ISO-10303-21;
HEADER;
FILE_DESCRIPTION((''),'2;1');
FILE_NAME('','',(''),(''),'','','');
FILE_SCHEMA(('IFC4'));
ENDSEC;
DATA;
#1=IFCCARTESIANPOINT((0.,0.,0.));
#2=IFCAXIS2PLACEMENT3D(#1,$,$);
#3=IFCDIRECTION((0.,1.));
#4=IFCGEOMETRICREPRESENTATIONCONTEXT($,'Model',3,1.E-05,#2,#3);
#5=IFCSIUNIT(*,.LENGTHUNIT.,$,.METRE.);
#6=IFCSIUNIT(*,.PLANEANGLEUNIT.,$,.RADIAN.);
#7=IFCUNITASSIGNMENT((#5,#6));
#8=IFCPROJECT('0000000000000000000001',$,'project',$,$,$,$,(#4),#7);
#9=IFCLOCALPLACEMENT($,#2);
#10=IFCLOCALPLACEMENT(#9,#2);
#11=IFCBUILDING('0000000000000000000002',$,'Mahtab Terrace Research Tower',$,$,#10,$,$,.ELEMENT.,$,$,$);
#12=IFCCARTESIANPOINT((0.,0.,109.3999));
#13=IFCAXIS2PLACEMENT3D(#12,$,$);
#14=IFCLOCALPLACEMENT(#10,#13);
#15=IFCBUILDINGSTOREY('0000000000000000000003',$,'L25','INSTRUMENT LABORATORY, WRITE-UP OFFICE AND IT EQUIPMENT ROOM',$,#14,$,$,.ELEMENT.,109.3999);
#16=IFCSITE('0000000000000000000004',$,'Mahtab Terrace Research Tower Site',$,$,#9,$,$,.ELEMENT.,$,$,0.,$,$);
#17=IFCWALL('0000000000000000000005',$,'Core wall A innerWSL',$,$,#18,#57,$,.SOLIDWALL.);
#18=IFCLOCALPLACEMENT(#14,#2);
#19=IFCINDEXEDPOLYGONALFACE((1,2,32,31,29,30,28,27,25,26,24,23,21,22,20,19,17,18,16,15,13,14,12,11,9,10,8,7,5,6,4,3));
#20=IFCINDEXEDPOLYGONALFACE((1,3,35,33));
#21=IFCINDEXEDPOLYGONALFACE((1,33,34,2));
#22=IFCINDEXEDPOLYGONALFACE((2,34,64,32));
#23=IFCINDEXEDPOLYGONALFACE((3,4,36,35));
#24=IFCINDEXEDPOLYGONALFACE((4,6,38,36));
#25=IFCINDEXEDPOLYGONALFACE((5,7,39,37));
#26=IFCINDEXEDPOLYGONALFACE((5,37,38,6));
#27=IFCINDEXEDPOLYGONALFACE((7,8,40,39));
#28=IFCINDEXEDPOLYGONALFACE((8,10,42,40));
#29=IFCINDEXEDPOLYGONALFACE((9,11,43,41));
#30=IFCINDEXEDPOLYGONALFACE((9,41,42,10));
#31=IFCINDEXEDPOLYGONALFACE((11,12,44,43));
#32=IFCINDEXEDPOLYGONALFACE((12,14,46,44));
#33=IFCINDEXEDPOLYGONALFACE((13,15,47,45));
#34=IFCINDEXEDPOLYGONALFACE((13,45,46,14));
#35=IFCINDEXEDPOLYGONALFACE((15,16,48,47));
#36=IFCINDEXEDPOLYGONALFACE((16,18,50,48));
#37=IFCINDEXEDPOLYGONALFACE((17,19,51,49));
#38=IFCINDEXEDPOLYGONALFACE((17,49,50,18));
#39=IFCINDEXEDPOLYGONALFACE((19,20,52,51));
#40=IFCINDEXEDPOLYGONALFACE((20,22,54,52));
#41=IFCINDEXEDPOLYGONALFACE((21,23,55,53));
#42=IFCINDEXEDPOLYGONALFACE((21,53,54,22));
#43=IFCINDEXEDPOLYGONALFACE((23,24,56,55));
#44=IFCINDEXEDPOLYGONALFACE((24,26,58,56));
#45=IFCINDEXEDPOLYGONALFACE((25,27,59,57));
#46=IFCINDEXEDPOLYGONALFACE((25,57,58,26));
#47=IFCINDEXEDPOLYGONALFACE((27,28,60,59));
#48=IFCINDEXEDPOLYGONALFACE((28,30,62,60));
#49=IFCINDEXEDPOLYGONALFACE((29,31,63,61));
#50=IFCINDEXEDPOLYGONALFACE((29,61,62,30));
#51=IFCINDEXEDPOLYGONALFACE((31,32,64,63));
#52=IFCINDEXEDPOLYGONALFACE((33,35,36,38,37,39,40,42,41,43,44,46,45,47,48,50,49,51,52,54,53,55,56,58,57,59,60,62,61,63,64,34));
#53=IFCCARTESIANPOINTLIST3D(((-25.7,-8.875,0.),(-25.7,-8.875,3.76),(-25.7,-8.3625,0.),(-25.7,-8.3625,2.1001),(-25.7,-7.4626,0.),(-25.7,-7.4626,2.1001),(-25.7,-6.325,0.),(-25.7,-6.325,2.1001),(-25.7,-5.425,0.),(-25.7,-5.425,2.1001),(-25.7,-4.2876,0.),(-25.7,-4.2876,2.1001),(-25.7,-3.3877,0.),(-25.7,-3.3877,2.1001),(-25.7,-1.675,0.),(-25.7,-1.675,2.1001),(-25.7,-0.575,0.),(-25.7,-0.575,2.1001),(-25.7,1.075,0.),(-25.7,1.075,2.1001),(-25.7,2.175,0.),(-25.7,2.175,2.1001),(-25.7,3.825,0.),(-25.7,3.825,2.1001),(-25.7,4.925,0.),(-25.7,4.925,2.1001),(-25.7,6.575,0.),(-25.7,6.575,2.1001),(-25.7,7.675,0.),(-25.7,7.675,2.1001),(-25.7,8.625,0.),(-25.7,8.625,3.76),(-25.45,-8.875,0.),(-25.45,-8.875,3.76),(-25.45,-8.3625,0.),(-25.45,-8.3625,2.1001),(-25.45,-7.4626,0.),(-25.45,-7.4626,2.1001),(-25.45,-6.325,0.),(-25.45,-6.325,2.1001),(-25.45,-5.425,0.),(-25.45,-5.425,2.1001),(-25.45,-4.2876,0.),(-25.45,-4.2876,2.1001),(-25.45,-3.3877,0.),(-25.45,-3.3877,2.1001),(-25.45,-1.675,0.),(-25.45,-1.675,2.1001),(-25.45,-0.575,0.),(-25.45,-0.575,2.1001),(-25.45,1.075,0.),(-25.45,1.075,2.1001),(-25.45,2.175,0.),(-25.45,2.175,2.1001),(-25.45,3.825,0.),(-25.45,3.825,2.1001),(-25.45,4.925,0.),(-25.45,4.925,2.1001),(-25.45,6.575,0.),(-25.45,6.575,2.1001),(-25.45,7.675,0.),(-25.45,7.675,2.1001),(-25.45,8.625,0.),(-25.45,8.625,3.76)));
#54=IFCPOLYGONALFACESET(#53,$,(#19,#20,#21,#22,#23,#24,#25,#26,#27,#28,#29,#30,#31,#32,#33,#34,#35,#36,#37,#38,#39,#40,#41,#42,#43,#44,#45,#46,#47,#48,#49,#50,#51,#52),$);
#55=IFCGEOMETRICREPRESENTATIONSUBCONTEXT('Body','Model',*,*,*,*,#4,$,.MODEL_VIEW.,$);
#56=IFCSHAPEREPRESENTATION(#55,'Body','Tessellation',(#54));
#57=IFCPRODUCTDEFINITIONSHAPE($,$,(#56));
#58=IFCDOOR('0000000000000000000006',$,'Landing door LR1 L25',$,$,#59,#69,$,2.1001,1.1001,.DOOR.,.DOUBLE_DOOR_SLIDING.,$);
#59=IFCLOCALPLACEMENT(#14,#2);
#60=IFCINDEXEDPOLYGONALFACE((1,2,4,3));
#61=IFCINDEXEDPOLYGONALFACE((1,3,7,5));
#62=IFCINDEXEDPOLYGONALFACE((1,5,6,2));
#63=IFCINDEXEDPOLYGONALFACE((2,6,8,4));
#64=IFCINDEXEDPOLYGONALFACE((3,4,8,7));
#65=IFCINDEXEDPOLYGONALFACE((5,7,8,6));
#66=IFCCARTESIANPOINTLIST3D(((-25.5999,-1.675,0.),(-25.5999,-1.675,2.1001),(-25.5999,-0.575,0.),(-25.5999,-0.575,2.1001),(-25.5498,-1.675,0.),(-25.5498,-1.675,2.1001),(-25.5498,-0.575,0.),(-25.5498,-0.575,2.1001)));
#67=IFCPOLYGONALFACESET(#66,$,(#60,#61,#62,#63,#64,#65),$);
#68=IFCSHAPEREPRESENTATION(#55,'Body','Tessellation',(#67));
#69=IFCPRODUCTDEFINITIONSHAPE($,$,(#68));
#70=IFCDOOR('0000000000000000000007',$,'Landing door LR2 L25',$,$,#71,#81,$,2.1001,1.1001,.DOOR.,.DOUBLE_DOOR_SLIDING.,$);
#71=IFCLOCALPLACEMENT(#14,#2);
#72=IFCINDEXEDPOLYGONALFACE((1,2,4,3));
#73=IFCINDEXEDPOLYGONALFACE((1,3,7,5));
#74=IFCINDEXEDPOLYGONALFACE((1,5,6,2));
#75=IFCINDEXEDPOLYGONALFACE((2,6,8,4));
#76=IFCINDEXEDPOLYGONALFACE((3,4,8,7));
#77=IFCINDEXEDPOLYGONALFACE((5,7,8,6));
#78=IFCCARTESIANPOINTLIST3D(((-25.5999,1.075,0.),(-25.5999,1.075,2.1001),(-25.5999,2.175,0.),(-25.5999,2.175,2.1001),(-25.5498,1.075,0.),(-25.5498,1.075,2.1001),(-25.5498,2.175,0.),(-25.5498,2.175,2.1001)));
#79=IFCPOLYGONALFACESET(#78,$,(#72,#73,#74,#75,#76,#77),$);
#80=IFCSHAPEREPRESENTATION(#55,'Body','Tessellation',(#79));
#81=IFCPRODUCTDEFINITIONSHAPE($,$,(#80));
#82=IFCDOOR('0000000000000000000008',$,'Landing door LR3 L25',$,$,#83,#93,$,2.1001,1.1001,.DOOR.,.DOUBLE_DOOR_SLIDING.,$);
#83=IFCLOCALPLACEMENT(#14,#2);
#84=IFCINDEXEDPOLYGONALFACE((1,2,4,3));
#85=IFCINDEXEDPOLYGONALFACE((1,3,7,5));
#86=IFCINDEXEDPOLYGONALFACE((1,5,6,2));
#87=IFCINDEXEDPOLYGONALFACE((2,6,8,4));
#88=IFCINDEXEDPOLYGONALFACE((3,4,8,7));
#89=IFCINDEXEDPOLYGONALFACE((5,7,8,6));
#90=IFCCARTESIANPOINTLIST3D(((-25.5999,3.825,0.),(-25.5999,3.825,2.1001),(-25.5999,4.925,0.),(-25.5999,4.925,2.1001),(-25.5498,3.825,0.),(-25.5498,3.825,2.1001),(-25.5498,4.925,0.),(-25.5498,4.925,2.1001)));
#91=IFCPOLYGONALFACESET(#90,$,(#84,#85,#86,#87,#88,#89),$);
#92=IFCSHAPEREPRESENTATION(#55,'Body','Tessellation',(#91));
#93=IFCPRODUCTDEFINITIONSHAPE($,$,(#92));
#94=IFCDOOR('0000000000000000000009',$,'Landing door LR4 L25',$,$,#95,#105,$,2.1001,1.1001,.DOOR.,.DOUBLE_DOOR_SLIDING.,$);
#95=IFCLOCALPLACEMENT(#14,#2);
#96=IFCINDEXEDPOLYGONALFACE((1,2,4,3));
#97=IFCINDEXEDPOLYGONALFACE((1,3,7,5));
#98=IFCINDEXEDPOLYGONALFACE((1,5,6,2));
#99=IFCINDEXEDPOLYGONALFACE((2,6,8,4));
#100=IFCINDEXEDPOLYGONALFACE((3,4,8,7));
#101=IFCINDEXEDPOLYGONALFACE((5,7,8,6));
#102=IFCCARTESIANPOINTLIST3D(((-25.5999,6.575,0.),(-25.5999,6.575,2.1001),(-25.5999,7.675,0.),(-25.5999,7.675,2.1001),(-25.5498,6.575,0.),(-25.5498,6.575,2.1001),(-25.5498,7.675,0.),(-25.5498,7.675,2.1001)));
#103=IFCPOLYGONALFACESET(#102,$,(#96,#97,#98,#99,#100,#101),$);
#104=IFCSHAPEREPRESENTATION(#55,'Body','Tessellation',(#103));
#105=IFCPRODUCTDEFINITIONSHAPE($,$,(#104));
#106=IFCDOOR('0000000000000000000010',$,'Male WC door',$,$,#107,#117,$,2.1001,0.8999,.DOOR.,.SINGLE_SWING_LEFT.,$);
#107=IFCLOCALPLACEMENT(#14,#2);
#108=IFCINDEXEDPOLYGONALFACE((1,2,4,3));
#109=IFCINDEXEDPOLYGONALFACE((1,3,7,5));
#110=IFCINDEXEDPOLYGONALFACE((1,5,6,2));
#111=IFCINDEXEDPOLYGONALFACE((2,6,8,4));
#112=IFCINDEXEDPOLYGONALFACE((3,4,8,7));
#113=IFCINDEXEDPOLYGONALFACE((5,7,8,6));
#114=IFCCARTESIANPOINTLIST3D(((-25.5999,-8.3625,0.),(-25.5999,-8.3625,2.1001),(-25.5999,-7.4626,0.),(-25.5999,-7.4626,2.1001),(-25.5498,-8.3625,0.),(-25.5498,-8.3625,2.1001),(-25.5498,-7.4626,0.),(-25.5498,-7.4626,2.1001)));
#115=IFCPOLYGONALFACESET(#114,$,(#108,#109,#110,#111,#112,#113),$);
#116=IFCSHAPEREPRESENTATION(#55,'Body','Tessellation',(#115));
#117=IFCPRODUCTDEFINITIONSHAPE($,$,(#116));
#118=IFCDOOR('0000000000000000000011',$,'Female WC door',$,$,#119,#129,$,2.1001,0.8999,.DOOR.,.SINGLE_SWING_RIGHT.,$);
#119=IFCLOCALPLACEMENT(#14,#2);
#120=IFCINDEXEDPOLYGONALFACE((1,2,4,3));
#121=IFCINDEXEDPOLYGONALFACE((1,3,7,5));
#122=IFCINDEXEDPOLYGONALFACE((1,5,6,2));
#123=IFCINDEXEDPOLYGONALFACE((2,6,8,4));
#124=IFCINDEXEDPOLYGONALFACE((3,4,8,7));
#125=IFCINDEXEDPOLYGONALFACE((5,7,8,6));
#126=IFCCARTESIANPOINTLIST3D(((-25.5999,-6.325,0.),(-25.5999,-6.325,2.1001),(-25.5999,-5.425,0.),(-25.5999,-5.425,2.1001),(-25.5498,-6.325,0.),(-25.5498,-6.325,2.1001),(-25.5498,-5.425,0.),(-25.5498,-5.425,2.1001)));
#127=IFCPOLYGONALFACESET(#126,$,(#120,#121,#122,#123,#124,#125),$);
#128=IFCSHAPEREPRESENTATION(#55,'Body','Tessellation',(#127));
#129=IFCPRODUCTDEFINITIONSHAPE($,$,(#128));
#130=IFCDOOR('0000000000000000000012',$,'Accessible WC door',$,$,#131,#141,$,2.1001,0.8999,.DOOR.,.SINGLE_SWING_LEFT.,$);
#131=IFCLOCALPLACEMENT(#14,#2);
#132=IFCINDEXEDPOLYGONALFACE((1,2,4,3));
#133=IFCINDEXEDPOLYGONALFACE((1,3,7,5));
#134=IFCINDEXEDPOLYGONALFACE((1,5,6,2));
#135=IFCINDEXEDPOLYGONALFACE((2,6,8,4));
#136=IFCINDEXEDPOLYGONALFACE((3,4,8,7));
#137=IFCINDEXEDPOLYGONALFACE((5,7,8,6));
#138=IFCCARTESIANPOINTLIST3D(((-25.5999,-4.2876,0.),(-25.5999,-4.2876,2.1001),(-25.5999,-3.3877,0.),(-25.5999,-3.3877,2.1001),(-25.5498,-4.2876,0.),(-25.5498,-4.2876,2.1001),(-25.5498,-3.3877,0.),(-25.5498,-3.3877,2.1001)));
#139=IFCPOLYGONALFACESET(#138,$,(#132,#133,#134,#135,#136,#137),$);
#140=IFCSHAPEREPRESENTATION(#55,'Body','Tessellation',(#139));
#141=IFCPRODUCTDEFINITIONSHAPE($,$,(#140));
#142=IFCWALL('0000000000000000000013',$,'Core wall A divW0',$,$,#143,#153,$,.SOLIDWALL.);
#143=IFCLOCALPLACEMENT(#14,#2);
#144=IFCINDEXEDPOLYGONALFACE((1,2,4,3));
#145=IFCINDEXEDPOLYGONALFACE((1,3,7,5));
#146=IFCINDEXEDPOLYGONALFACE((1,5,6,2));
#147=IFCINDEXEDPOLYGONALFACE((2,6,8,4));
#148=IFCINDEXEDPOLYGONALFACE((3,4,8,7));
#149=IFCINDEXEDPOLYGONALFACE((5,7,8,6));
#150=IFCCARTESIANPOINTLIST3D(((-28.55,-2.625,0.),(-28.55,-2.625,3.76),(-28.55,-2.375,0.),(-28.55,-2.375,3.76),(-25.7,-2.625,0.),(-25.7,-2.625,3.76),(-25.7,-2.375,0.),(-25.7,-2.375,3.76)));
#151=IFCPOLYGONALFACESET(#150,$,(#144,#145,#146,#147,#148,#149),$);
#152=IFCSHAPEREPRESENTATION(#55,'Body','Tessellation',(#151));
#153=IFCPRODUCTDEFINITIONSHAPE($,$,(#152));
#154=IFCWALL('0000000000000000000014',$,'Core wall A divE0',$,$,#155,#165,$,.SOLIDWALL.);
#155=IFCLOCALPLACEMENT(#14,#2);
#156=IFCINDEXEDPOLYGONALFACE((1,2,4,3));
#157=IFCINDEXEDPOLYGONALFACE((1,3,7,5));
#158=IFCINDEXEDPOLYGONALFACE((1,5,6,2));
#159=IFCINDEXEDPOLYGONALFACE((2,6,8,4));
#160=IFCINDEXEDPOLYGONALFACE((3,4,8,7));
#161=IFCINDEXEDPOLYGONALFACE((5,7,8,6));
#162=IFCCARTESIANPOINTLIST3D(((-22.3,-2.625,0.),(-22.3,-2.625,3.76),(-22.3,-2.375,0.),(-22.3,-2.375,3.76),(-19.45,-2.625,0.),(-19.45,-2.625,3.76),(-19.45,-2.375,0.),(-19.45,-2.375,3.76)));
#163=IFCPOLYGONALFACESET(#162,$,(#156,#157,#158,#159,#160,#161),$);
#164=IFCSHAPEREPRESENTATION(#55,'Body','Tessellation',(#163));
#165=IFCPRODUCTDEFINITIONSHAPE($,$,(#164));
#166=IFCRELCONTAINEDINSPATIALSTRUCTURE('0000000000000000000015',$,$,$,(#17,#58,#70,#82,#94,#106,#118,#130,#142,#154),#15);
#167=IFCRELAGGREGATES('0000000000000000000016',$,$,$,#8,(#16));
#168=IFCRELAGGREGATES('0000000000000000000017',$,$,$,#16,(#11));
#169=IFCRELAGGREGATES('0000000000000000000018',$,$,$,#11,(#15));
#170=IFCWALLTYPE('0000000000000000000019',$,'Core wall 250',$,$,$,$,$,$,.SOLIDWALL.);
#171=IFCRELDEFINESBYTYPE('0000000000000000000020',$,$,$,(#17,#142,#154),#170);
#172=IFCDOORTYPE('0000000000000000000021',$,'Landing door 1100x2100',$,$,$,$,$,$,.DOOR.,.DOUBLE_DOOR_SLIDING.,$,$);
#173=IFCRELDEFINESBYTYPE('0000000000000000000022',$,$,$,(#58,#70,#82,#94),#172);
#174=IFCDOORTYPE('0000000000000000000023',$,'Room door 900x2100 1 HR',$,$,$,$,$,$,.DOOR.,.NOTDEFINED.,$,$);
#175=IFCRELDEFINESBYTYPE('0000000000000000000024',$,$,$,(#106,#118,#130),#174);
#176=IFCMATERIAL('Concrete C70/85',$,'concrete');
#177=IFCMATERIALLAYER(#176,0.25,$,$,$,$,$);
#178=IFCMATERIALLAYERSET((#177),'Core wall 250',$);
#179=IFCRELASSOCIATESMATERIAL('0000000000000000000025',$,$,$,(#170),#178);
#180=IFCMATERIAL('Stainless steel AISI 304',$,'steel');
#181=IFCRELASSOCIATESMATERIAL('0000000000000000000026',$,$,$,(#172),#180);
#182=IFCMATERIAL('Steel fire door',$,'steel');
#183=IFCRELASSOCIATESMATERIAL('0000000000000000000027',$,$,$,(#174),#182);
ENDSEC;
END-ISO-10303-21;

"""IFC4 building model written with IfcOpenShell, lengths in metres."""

from ifc_helpers import new_model, si_unit, direction, frame, frame_2d, origin, place, context, subcontext, project, spatial, rectangle, extrude, material, layer, layer_set, type_object, element, fill, save


model = new_model("IFC4")

# Units and contexts
model_context = context("Model", 3, precision=1e-05, world=origin(), true_north=direction((0.0, 1.0)))
body_context = subcontext(model_context, "Body", "Model", "MODEL_VIEW")
ifc_project = project(units=[si_unit("LENGTHUNIT", "METRE"), si_unit("PLANEANGLEUNIT", "RADIAN")], contexts=[model_context])

# Site, building, storey
site_placement = place(None, origin())
site = spatial("IfcSite", under=ifc_project, at=site_placement, Name="Mahtab Terrace Research Tower Site", CompositionType="ELEMENT", RefElevation=0.0)
building_placement = place(site_placement, origin())
building = spatial("IfcBuilding", under=site, at=building_placement, Name="Mahtab Terrace Research Tower", CompositionType="ELEMENT")
storey_placement = place(building_placement, frame((0.0, 0.0, 109.3999)))
storey = spatial("IfcBuildingStorey", under=building, at=storey_placement, Name="L25", Description="INSTRUMENT LABORATORY, WRITE-UP OFFICE AND IT EQUIPMENT ROOM", CompositionType="ELEMENT", Elevation=109.3999)

# Shared definitions
ifc_material_1 = material(Name="Concrete C70/85", Category="concrete")

# Shared definitions
ifc_layer_1 = layer(ifc_material_1, 0.25)
ifc_layer_set_1 = layer_set([ifc_layer_1], Name="Core wall 250")
wall_type_1 = type_object("IfcWallType", Name="Core wall 250", PredefinedType="SOLIDWALL", material=ifc_layer_set_1)

# Shared definitions
ifc_material_2 = material(Name="Steel fire door", Category="steel")

# Wall, openings, doors
wall_1_placement = place(storey_placement, frame((-25.575, -8.875, 0.0), z_axis=(0.0, 0.0, 1.0), x_axis=(0.0, 1.0, 0.0)))
wall_1 = element("IfcWall", 1, at=wall_1_placement, inside=storey, type_object=wall_type_1, Name="Core wall A innerWSL", PredefinedType="SOLIDWALL", context=body_context, shape_type="SweptSolid", body=[
    extrude(rectangle(XDim=17.5, YDim=0.25, at=frame_2d((8.75, 0.0))), origin(), (0.0, 0.0, 1.0), 3.76),
])
opening_1_placement = place(wall_1_placement, frame((7.2, 0.0, 0.0)))
opening_1 = element("IfcOpeningElement", 2, at=opening_1_placement, cuts=wall_1, PredefinedType="OPENING", context=body_context, shape_type="SweptSolid", body=[
    extrude(rectangle(XDim=1.1001, YDim=2.1001, at=frame_2d((0.55, 1.05))), frame((0.0, 0.135, 0.0), z_axis=(0.0, -1.0, 0.0), x_axis=(1.0, 0.0, 0.0)), (0.0, 0.0, 1.0), 0.27),
])
opening_2_placement = place(wall_1_placement, frame((9.95, 0.0, 0.0)))
opening_2 = element("IfcOpeningElement", 3, at=opening_2_placement, cuts=wall_1, PredefinedType="OPENING", context=body_context, shape_type="SweptSolid", body=[
    extrude(rectangle(XDim=1.1001, YDim=2.1001, at=frame_2d((0.55, 1.05))), frame((0.0, 0.135, 0.0), z_axis=(0.0, -1.0, 0.0), x_axis=(1.0, 0.0, 0.0)), (0.0, 0.0, 1.0), 0.27),
])
opening_3_placement = place(wall_1_placement, frame((12.7, 0.0, 0.0)))
opening_3 = element("IfcOpeningElement", 4, at=opening_3_placement, cuts=wall_1, PredefinedType="OPENING", context=body_context, shape_type="SweptSolid", body=[
    extrude(rectangle(XDim=1.1001, YDim=2.1001, at=frame_2d((0.55, 1.05))), frame((0.0, 0.135, 0.0), z_axis=(0.0, -1.0, 0.0), x_axis=(1.0, 0.0, 0.0)), (0.0, 0.0, 1.0), 0.27),
])
opening_4_placement = place(wall_1_placement, frame((15.45, 0.0, 0.0)))
opening_4 = element("IfcOpeningElement", 5, at=opening_4_placement, cuts=wall_1, PredefinedType="OPENING", context=body_context, shape_type="SweptSolid", body=[
    extrude(rectangle(XDim=1.1001, YDim=2.1001, at=frame_2d((0.55, 1.05))), frame((0.0, 0.135, 0.0), z_axis=(0.0, -1.0, 0.0), x_axis=(1.0, 0.0, 0.0)), (0.0, 0.0, 1.0), 0.27),
])
opening_5_placement = place(wall_1_placement, frame((0.5125, 0.0, 0.0)))
opening_5 = element("IfcOpeningElement", 6, at=opening_5_placement, cuts=wall_1, PredefinedType="OPENING", context=body_context, shape_type="SweptSolid", body=[
    extrude(rectangle(XDim=0.8999, YDim=2.1001, at=frame_2d((0.45, 1.05))), frame((0.0, 0.135, 0.0), z_axis=(0.0, -1.0, 0.0), x_axis=(1.0, 0.0, 0.0)), (0.0, 0.0, 1.0), 0.27),
])
opening_6_placement = place(wall_1_placement, frame((2.55, 0.0, 0.0)))
opening_6 = element("IfcOpeningElement", 7, at=opening_6_placement, cuts=wall_1, PredefinedType="OPENING", context=body_context, shape_type="SweptSolid", body=[
    extrude(rectangle(XDim=0.8999, YDim=2.1001, at=frame_2d((0.45, 1.05))), frame((0.0, 0.135, 0.0), z_axis=(0.0, -1.0, 0.0), x_axis=(1.0, 0.0, 0.0)), (0.0, 0.0, 1.0), 0.27),
])
opening_7_placement = place(wall_1_placement, frame((4.5874, 0.0, 0.0)))
opening_7 = element("IfcOpeningElement", 8, at=opening_7_placement, cuts=wall_1, PredefinedType="OPENING", context=body_context, shape_type="SweptSolid", body=[
    extrude(rectangle(XDim=0.8999, YDim=2.1001, at=frame_2d((0.45, 1.05))), frame((0.0, 0.135, 0.0), z_axis=(0.0, -1.0, 0.0), x_axis=(1.0, 0.0, 0.0)), (0.0, 0.0, 1.0), 0.27),
])
ifc_material_3 = material(Name="Stainless steel AISI 304", Category="steel")
door_type_1 = type_object("IfcDoorType", Name="Landing door 1100x2100", OperationType="DOUBLE_DOOR_SLIDING", PredefinedType="DOOR", material=ifc_material_3)
door_1_placement = place(opening_1_placement, origin())
door_1 = element("IfcDoor", 9, at=door_1_placement, inside=storey, type_object=door_type_1, Name="Landing door LR1 L25", OperationType="DOUBLE_DOOR_SLIDING", OverallHeight=2.1001, OverallWidth=1.1001, PredefinedType="DOOR", context=body_context, shape_type="SweptSolid", body=[
    extrude(rectangle(XDim=1.1001, YDim=2.1001, at=frame_2d((0.55, 1.05))), frame((0.0, 0.0249, 0.0), z_axis=(0.0, -1.0, 0.0), x_axis=(1.0, 0.0, 0.0)), (0.0, 0.0, 1.0), 0.05),
])
fill(opening_1, door_1)
door_2_placement = place(opening_2_placement, origin())
door_2 = element("IfcDoor", 10, at=door_2_placement, inside=storey, type_object=door_type_1, Name="Landing door LR2 L25", OperationType="DOUBLE_DOOR_SLIDING", OverallHeight=2.1001, OverallWidth=1.1001, PredefinedType="DOOR", context=body_context, shape_type="SweptSolid", body=[
    extrude(rectangle(XDim=1.1001, YDim=2.1001, at=frame_2d((0.55, 1.05))), frame((0.0, 0.0249, 0.0), z_axis=(0.0, -1.0, 0.0), x_axis=(1.0, 0.0, 0.0)), (0.0, 0.0, 1.0), 0.05),
])
fill(opening_2, door_2)
door_3_placement = place(opening_3_placement, origin())
door_3 = element("IfcDoor", 11, at=door_3_placement, inside=storey, type_object=door_type_1, Name="Landing door LR3 L25", OperationType="DOUBLE_DOOR_SLIDING", OverallHeight=2.1001, OverallWidth=1.1001, PredefinedType="DOOR", context=body_context, shape_type="SweptSolid", body=[
    extrude(rectangle(XDim=1.1001, YDim=2.1001, at=frame_2d((0.55, 1.05))), frame((0.0, 0.0249, 0.0), z_axis=(0.0, -1.0, 0.0), x_axis=(1.0, 0.0, 0.0)), (0.0, 0.0, 1.0), 0.05),
])
fill(opening_3, door_3)
door_4_placement = place(opening_4_placement, origin())
door_4 = element("IfcDoor", 12, at=door_4_placement, inside=storey, type_object=door_type_1, Name="Landing door LR4 L25", OperationType="DOUBLE_DOOR_SLIDING", OverallHeight=2.1001, OverallWidth=1.1001, PredefinedType="DOOR", context=body_context, shape_type="SweptSolid", body=[
    extrude(rectangle(XDim=1.1001, YDim=2.1001, at=frame_2d((0.55, 1.05))), frame((0.0, 0.0249, 0.0), z_axis=(0.0, -1.0, 0.0), x_axis=(1.0, 0.0, 0.0)), (0.0, 0.0, 1.0), 0.05),
])
fill(opening_4, door_4)
door_type_2 = type_object("IfcDoorType", Name="Room door 900x2100 1 HR", OperationType="NOTDEFINED", PredefinedType="DOOR", material=ifc_material_2)
door_5_placement = place(opening_5_placement, origin())
door_5 = element("IfcDoor", 13, at=door_5_placement, inside=storey, type_object=door_type_2, Name="Male WC door", OperationType="SINGLE_SWING_LEFT", OverallHeight=2.1001, OverallWidth=0.8999, PredefinedType="DOOR", context=body_context, shape_type="SweptSolid", body=[
    extrude(rectangle(XDim=0.8999, YDim=2.1001, at=frame_2d((0.45, 1.05))), frame((0.0, 0.0249, 0.0), z_axis=(0.0, -1.0, 0.0), x_axis=(1.0, 0.0, 0.0)), (0.0, 0.0, 1.0), 0.05),
])
fill(opening_5, door_5)
door_6_placement = place(opening_6_placement, origin())
door_6 = element("IfcDoor", 14, at=door_6_placement, inside=storey, type_object=door_type_2, Name="Female WC door", OperationType="SINGLE_SWING_RIGHT", OverallHeight=2.1001, OverallWidth=0.8999, PredefinedType="DOOR", context=body_context, shape_type="SweptSolid", body=[
    extrude(rectangle(XDim=0.8999, YDim=2.1001, at=frame_2d((0.45, 1.05))), frame((0.0, 0.0249, 0.0), z_axis=(0.0, -1.0, 0.0), x_axis=(1.0, 0.0, 0.0)), (0.0, 0.0, 1.0), 0.05),
])
fill(opening_6, door_6)
door_7_placement = place(opening_7_placement, origin())
door_7 = element("IfcDoor", 15, at=door_7_placement, inside=storey, type_object=door_type_2, Name="Accessible WC door", OperationType="SINGLE_SWING_LEFT", OverallHeight=2.1001, OverallWidth=0.8999, PredefinedType="DOOR", context=body_context, shape_type="SweptSolid", body=[
    extrude(rectangle(XDim=0.8999, YDim=2.1001, at=frame_2d((0.45, 1.05))), frame((0.0, 0.0249, 0.0), z_axis=(0.0, -1.0, 0.0), x_axis=(1.0, 0.0, 0.0)), (0.0, 0.0, 1.0), 0.05),
])
fill(opening_7, door_7)

# Walls
for number, where, z_axis, x_axis, name in (
    (16, (-28.55, -2.5, 0.0), (0.0, 0.0, 1.0), (1.0, 0.0, 0.0), "Core wall A divW0"),
    (17, (-22.3, -2.5, 0.0), (0.0, 0.0, 1.0), (1.0, 0.0, 0.0), "Core wall A divE0"),
):
    element("IfcWall", number, at=place(storey_placement, frame(where, z_axis=z_axis, x_axis=x_axis)), inside=storey, type_object=wall_type_1, Name=name, PredefinedType="SOLIDWALL", context=body_context, shape_type="SweptSolid", body=[
        extrude(rectangle(XDim=2.8501, YDim=0.25, at=frame_2d((1.425, 0.0))), origin(), (0.0, 0.0, 1.0), 3.76),
    ])

save(model, "model.ifc")
